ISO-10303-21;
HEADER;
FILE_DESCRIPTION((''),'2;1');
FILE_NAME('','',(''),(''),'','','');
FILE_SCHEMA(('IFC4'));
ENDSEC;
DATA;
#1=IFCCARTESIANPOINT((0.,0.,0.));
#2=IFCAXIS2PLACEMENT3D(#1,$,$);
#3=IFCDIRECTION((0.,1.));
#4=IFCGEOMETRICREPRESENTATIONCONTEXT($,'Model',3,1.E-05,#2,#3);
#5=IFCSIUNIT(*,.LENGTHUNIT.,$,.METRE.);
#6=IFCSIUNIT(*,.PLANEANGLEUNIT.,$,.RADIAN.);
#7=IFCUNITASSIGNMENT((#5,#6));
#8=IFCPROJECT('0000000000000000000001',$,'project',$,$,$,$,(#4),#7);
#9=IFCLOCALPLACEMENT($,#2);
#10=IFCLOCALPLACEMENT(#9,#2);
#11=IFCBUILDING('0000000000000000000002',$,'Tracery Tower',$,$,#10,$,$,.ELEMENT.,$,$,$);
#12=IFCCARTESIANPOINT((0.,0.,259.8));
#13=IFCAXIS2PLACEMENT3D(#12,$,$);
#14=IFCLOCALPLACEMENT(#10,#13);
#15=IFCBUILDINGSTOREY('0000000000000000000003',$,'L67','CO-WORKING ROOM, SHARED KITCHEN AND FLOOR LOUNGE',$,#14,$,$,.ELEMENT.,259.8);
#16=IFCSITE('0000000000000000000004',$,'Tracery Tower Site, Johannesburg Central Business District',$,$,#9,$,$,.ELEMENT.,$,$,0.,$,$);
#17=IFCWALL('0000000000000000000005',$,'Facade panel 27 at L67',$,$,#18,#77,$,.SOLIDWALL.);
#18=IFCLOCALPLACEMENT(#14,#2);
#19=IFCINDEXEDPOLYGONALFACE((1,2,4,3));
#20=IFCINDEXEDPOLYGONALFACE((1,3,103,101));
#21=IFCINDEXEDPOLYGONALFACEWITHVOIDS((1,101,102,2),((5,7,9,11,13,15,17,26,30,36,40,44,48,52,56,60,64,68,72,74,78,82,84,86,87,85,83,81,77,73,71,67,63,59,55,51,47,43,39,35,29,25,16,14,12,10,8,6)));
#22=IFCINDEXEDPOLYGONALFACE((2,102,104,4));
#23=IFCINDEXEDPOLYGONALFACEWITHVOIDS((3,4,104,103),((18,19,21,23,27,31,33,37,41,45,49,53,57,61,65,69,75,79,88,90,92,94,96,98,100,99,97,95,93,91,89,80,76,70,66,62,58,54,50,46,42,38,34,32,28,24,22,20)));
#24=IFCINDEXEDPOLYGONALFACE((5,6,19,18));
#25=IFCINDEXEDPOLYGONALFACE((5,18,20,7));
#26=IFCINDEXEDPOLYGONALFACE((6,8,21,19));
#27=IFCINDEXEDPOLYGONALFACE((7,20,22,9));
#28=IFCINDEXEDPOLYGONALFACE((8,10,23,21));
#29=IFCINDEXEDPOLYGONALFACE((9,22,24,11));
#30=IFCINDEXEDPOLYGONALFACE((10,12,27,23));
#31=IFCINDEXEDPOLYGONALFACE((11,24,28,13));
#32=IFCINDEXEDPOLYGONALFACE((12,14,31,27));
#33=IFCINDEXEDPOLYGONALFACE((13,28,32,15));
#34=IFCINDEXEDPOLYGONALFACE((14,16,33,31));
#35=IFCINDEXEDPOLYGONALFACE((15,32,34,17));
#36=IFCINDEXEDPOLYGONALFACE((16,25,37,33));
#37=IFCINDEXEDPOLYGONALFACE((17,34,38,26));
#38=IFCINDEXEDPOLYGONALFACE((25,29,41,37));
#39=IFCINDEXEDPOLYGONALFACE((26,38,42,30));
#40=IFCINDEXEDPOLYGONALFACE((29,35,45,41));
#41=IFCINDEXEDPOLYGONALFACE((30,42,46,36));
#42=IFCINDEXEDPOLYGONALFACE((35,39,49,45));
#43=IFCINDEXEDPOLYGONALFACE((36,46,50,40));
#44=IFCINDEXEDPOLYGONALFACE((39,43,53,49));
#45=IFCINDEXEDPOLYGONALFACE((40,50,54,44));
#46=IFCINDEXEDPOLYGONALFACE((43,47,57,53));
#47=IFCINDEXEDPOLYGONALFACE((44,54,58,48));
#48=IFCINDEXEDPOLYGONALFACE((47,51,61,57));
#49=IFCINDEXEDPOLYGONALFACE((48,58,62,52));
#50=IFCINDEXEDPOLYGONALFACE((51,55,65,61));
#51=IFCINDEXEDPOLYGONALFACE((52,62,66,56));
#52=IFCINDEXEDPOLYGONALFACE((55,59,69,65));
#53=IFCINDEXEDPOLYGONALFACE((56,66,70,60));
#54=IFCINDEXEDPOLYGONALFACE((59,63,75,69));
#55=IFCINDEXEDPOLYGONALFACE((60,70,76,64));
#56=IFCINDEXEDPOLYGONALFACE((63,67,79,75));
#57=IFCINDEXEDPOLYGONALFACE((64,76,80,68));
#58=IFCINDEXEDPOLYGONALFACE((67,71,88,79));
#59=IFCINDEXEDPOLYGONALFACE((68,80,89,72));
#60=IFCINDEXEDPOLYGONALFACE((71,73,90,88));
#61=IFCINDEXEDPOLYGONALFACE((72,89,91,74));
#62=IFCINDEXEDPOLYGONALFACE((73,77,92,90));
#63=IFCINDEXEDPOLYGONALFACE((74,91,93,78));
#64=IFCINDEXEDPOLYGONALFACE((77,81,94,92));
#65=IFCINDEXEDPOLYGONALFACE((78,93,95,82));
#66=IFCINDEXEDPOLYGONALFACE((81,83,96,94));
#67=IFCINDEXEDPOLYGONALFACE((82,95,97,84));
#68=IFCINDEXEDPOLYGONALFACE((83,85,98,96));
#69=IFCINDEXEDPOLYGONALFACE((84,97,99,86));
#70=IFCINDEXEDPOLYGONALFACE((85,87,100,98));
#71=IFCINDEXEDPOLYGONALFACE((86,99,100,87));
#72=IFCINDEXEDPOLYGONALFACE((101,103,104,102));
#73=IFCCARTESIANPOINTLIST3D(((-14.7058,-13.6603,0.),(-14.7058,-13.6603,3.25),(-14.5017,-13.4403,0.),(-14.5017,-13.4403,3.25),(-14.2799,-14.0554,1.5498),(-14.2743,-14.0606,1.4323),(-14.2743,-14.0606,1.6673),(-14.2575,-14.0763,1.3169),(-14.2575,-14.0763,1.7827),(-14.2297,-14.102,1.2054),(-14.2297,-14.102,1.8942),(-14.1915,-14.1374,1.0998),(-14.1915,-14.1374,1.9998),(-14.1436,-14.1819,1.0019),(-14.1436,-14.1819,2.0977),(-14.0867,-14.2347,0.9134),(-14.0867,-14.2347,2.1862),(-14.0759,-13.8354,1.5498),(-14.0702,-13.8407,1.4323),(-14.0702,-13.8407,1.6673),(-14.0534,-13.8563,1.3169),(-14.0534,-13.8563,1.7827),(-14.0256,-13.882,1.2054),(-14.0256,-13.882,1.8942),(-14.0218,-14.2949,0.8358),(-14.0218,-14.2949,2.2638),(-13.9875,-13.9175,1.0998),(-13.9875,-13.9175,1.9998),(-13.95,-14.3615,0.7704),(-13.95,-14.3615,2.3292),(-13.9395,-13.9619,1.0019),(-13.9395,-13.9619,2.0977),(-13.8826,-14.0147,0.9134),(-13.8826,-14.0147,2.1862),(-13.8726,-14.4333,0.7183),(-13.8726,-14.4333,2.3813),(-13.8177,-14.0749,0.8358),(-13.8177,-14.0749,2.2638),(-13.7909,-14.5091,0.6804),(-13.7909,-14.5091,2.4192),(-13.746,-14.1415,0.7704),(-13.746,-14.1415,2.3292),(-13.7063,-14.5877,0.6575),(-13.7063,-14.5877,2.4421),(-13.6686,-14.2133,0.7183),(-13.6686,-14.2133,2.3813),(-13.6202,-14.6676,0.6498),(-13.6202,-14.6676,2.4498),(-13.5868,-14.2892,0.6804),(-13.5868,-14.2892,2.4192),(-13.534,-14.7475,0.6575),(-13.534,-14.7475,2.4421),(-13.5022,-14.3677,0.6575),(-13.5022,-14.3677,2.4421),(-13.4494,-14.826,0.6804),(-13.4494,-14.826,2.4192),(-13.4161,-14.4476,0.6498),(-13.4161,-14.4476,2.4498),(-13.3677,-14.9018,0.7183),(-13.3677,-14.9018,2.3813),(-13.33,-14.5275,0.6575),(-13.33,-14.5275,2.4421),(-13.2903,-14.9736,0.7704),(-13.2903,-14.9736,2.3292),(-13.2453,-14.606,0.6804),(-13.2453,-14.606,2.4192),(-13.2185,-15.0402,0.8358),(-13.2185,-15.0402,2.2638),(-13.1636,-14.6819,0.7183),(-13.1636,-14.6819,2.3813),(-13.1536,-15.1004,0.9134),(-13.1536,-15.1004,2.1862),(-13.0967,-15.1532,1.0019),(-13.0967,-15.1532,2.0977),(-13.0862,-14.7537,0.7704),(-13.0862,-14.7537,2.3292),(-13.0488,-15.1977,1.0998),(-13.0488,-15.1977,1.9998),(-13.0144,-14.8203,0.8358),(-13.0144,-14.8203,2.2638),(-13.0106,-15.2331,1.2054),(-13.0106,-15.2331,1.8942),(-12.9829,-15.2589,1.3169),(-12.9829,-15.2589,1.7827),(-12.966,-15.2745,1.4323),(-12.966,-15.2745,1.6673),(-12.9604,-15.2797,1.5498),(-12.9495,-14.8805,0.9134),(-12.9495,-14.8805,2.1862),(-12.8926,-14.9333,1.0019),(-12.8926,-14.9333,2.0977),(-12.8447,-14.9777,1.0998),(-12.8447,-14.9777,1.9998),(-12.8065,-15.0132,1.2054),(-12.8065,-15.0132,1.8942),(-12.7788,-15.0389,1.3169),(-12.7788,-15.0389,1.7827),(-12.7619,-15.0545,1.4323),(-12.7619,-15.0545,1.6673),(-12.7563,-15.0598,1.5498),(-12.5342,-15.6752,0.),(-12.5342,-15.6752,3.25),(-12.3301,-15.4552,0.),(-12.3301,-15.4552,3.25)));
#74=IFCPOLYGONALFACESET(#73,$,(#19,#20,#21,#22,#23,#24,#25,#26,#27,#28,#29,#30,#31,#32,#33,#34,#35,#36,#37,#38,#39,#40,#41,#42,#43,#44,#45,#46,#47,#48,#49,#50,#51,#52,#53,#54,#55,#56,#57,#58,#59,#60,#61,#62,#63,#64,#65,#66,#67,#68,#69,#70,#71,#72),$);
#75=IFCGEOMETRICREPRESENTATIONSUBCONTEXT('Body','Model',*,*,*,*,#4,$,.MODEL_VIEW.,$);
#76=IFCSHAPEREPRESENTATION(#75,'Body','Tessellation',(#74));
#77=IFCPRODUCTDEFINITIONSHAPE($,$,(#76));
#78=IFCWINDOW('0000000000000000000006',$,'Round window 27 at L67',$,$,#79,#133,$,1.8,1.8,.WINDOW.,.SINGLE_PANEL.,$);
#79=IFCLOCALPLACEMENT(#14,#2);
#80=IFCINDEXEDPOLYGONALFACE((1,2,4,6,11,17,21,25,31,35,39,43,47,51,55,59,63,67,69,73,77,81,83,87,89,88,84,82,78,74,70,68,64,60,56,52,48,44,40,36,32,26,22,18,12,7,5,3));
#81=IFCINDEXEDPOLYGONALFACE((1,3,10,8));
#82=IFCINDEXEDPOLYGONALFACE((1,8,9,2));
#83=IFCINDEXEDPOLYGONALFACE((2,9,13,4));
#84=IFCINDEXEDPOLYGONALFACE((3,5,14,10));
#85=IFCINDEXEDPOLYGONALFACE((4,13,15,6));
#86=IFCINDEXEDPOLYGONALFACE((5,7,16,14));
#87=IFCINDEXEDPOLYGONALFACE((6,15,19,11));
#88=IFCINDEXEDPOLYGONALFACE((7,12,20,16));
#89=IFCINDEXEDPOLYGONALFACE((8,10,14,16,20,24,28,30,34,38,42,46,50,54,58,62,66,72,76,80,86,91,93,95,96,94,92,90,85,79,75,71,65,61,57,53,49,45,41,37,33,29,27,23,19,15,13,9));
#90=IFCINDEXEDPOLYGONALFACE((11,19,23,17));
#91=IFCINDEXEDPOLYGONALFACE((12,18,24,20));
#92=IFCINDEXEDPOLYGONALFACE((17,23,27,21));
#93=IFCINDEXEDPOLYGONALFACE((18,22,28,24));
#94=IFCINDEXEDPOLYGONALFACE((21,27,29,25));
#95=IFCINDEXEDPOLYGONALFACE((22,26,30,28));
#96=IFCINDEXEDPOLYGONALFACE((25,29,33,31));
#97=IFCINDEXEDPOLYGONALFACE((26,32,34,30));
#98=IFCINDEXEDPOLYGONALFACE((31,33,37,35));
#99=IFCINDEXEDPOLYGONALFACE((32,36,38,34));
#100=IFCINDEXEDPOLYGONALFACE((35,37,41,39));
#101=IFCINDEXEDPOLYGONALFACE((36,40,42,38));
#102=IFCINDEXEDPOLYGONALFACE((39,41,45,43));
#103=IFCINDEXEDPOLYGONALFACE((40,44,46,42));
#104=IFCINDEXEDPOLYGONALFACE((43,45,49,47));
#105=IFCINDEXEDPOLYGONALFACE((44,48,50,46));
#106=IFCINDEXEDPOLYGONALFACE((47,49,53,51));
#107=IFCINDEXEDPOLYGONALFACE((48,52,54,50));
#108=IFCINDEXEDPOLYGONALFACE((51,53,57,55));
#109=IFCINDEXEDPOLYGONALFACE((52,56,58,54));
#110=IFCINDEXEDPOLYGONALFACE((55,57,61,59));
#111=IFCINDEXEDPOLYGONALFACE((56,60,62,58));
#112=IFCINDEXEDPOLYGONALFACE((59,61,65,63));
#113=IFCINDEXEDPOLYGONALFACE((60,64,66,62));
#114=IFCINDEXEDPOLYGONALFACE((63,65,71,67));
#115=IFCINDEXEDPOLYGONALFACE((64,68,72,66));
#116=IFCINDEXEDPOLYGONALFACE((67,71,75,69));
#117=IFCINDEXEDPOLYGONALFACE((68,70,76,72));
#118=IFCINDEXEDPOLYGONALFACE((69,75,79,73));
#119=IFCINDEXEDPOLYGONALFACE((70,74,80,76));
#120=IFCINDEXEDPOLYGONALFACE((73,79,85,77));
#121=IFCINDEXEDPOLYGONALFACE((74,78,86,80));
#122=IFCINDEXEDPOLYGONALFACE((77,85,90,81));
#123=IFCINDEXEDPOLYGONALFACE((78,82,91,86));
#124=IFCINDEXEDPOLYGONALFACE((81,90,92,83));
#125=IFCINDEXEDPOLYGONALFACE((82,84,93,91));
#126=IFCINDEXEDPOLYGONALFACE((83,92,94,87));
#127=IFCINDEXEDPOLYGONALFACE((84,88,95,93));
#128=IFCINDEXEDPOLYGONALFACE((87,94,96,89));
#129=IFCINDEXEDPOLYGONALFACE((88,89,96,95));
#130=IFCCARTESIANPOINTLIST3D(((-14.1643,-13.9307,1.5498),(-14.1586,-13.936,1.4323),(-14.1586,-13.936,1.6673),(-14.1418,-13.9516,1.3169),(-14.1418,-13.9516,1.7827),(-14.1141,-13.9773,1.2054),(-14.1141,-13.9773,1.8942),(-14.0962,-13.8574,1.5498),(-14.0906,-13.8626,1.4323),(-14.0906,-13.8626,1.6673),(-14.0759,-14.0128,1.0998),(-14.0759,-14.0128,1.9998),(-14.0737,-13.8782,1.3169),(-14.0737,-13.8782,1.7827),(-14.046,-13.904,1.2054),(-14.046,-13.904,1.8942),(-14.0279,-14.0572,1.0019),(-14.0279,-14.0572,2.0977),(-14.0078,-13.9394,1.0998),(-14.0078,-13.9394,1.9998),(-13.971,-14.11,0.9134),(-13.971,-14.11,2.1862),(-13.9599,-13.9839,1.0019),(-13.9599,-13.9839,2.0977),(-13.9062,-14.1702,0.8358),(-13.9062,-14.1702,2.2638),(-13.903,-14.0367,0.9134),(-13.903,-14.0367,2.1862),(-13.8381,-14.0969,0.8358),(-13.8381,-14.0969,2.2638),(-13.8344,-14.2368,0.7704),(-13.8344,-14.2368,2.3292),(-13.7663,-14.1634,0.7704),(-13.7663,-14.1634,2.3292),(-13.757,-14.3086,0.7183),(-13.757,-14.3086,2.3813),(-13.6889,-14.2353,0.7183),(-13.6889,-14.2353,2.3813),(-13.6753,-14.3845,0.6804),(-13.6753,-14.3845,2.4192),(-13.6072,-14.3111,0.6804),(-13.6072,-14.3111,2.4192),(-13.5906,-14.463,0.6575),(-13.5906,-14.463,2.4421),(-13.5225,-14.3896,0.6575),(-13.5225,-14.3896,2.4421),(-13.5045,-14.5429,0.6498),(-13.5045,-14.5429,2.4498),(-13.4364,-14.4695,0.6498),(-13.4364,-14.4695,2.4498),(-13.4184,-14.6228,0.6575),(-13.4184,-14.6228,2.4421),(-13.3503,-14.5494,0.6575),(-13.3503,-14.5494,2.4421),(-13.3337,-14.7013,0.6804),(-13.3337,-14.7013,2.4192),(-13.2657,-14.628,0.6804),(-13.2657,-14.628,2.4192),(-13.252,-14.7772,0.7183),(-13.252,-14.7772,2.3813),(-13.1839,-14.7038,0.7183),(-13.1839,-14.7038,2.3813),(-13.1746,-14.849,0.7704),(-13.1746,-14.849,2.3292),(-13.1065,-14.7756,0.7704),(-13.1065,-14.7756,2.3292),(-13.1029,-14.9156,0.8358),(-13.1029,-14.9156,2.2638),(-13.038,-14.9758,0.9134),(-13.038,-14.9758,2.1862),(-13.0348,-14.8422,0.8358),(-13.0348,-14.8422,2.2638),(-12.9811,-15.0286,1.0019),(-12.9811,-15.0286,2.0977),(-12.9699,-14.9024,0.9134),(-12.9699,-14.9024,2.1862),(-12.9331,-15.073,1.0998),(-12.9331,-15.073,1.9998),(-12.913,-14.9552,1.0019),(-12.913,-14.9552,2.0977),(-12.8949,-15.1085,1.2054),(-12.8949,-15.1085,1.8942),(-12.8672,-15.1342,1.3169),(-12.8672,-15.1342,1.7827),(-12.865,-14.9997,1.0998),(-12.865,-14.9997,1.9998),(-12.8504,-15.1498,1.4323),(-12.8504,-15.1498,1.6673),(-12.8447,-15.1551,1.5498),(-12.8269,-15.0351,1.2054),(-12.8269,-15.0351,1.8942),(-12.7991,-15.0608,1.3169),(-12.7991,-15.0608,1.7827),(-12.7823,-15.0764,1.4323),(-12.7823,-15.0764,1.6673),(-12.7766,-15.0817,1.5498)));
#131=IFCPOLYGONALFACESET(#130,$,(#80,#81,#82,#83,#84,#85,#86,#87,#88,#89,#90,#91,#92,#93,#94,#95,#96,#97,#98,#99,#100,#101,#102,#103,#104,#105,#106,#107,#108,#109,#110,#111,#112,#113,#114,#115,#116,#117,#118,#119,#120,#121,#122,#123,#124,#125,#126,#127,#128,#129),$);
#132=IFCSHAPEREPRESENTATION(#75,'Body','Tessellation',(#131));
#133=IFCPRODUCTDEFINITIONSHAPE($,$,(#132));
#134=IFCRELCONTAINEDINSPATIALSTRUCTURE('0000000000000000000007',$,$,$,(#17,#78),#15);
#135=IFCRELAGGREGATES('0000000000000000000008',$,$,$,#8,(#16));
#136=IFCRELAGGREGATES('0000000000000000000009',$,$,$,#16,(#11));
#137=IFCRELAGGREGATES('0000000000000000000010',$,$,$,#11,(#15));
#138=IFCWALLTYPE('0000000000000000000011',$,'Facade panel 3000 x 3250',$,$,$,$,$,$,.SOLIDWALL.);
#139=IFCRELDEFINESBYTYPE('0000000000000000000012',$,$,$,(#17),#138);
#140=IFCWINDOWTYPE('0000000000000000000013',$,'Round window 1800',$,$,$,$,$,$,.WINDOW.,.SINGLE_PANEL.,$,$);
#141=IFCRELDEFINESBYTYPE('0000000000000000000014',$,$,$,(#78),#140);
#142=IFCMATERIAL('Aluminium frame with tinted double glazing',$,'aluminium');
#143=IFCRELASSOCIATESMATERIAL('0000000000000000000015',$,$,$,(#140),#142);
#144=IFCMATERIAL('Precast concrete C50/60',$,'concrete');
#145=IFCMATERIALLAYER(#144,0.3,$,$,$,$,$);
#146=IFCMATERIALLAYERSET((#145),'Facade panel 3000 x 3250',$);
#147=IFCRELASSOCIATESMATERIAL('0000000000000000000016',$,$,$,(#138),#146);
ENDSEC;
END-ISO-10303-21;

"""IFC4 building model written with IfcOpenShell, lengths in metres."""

from ifc_helpers import new_model, si_unit, direction, frame, frame_2d, origin, origin_2d, place, context, subcontext, project, spatial, rectangle, circle, extrude, material, layer, layer_set, type_object, element, fill, save


model = new_model("IFC4")

# Units and contexts
model_context = context("Model", 3, precision=1e-05, world=origin(), true_north=direction((0.0, 1.0)))
body_context = subcontext(model_context, "Body", "Model", "MODEL_VIEW")
ifc_project = project(units=[si_unit("LENGTHUNIT", "METRE"), si_unit("PLANEANGLEUNIT", "RADIAN")], contexts=[model_context])

# Site, building, storey
site_placement = place(None, origin())
site = spatial("IfcSite", under=ifc_project, at=site_placement, Name="Tracery Tower Site, Johannesburg Central Business District", CompositionType="ELEMENT", RefElevation=0.0)
building_placement = place(site_placement, origin())
building = spatial("IfcBuilding", under=site, at=building_placement, Name="Tracery Tower", CompositionType="ELEMENT")
storey_placement = place(building_placement, frame((0.0, 0.0, 259.8)))
storey = spatial("IfcBuildingStorey", under=building, at=storey_placement, Name="L67", Description="CO-WORKING ROOM, SHARED KITCHEN AND FLOOR LOUNGE", CompositionType="ELEMENT", Elevation=259.8)

# Wall, opening, window
ifc_material_1 = material(Name="Aluminium frame with tinted double glazing", Category="aluminium")
window_type = type_object("IfcWindowType", Name="Round window 1800", PartitioningType="SINGLE_PANEL", PredefinedType="WINDOW", material=ifc_material_1)
ifc_material_2 = material(Name="Precast concrete C50/60", Category="concrete")
ifc_layer_1 = layer(ifc_material_2, 0.3)
ifc_layer_set_1 = layer_set([ifc_layer_1], Name="Facade panel 3000 x 3250")
wall_type_1 = type_object("IfcWallType", Name="Facade panel 3000 x 3250", PredefinedType="SOLIDWALL", material=ifc_layer_set_1)
wall_1_placement = place(storey_placement, frame((-14.6038, -13.5503, 0.0), z_axis=(0.0, 0.0, 1.0), x_axis=(0.733066, -0.680157, 0.0)))
wall_1 = element("IfcWall", 1, at=wall_1_placement, inside=storey, type_object=wall_type_1, Name="Facade panel 27 at L67", PredefinedType="SOLIDWALL", context=body_context, shape_type="SweptSolid", body=[
    extrude(rectangle(XDim=2.9624, YDim=0.3, at=frame_2d((1.4812, 0.0))), origin(), (0.0, 0.0, 1.0), 3.25),
])
opening_1_placement = place(wall_1_placement, frame((1.481, 0.0, 1.5498)))
opening_1 = element("IfcOpeningElement", 2, at=opening_1_placement, cuts=wall_1, PredefinedType="OPENING", context=body_context, shape_type="SweptSolid", body=[
    extrude(circle(Radius=0.9, at=origin_2d()), frame((0.0, 0.1599, 0.0), z_axis=(0.0, -1.0, 0.0), x_axis=(1.0, 0.0, 0.0)), (0.0, 0.0, 1.0), 0.3201),
])
window_1_placement = place(opening_1_placement, origin())
window_1 = element("IfcWindow", 3, at=window_1_placement, inside=storey, type_object=window_type, Name="Round window 27 at L67", OverallHeight=1.8, OverallWidth=1.8, PartitioningType="SINGLE_PANEL", PredefinedType="WINDOW", context=body_context, shape_type="SweptSolid", body=[
    extrude(circle(Radius=0.9, at=origin_2d()), frame((0.0, 0.1201, 0.0), z_axis=(0.0, -1.0, 0.0), x_axis=(1.0, 0.0, 0.0)), (0.0, 0.0, 1.0), 0.1001),
])
fill(opening_1, window_1)

save(model, "model.ifc")
